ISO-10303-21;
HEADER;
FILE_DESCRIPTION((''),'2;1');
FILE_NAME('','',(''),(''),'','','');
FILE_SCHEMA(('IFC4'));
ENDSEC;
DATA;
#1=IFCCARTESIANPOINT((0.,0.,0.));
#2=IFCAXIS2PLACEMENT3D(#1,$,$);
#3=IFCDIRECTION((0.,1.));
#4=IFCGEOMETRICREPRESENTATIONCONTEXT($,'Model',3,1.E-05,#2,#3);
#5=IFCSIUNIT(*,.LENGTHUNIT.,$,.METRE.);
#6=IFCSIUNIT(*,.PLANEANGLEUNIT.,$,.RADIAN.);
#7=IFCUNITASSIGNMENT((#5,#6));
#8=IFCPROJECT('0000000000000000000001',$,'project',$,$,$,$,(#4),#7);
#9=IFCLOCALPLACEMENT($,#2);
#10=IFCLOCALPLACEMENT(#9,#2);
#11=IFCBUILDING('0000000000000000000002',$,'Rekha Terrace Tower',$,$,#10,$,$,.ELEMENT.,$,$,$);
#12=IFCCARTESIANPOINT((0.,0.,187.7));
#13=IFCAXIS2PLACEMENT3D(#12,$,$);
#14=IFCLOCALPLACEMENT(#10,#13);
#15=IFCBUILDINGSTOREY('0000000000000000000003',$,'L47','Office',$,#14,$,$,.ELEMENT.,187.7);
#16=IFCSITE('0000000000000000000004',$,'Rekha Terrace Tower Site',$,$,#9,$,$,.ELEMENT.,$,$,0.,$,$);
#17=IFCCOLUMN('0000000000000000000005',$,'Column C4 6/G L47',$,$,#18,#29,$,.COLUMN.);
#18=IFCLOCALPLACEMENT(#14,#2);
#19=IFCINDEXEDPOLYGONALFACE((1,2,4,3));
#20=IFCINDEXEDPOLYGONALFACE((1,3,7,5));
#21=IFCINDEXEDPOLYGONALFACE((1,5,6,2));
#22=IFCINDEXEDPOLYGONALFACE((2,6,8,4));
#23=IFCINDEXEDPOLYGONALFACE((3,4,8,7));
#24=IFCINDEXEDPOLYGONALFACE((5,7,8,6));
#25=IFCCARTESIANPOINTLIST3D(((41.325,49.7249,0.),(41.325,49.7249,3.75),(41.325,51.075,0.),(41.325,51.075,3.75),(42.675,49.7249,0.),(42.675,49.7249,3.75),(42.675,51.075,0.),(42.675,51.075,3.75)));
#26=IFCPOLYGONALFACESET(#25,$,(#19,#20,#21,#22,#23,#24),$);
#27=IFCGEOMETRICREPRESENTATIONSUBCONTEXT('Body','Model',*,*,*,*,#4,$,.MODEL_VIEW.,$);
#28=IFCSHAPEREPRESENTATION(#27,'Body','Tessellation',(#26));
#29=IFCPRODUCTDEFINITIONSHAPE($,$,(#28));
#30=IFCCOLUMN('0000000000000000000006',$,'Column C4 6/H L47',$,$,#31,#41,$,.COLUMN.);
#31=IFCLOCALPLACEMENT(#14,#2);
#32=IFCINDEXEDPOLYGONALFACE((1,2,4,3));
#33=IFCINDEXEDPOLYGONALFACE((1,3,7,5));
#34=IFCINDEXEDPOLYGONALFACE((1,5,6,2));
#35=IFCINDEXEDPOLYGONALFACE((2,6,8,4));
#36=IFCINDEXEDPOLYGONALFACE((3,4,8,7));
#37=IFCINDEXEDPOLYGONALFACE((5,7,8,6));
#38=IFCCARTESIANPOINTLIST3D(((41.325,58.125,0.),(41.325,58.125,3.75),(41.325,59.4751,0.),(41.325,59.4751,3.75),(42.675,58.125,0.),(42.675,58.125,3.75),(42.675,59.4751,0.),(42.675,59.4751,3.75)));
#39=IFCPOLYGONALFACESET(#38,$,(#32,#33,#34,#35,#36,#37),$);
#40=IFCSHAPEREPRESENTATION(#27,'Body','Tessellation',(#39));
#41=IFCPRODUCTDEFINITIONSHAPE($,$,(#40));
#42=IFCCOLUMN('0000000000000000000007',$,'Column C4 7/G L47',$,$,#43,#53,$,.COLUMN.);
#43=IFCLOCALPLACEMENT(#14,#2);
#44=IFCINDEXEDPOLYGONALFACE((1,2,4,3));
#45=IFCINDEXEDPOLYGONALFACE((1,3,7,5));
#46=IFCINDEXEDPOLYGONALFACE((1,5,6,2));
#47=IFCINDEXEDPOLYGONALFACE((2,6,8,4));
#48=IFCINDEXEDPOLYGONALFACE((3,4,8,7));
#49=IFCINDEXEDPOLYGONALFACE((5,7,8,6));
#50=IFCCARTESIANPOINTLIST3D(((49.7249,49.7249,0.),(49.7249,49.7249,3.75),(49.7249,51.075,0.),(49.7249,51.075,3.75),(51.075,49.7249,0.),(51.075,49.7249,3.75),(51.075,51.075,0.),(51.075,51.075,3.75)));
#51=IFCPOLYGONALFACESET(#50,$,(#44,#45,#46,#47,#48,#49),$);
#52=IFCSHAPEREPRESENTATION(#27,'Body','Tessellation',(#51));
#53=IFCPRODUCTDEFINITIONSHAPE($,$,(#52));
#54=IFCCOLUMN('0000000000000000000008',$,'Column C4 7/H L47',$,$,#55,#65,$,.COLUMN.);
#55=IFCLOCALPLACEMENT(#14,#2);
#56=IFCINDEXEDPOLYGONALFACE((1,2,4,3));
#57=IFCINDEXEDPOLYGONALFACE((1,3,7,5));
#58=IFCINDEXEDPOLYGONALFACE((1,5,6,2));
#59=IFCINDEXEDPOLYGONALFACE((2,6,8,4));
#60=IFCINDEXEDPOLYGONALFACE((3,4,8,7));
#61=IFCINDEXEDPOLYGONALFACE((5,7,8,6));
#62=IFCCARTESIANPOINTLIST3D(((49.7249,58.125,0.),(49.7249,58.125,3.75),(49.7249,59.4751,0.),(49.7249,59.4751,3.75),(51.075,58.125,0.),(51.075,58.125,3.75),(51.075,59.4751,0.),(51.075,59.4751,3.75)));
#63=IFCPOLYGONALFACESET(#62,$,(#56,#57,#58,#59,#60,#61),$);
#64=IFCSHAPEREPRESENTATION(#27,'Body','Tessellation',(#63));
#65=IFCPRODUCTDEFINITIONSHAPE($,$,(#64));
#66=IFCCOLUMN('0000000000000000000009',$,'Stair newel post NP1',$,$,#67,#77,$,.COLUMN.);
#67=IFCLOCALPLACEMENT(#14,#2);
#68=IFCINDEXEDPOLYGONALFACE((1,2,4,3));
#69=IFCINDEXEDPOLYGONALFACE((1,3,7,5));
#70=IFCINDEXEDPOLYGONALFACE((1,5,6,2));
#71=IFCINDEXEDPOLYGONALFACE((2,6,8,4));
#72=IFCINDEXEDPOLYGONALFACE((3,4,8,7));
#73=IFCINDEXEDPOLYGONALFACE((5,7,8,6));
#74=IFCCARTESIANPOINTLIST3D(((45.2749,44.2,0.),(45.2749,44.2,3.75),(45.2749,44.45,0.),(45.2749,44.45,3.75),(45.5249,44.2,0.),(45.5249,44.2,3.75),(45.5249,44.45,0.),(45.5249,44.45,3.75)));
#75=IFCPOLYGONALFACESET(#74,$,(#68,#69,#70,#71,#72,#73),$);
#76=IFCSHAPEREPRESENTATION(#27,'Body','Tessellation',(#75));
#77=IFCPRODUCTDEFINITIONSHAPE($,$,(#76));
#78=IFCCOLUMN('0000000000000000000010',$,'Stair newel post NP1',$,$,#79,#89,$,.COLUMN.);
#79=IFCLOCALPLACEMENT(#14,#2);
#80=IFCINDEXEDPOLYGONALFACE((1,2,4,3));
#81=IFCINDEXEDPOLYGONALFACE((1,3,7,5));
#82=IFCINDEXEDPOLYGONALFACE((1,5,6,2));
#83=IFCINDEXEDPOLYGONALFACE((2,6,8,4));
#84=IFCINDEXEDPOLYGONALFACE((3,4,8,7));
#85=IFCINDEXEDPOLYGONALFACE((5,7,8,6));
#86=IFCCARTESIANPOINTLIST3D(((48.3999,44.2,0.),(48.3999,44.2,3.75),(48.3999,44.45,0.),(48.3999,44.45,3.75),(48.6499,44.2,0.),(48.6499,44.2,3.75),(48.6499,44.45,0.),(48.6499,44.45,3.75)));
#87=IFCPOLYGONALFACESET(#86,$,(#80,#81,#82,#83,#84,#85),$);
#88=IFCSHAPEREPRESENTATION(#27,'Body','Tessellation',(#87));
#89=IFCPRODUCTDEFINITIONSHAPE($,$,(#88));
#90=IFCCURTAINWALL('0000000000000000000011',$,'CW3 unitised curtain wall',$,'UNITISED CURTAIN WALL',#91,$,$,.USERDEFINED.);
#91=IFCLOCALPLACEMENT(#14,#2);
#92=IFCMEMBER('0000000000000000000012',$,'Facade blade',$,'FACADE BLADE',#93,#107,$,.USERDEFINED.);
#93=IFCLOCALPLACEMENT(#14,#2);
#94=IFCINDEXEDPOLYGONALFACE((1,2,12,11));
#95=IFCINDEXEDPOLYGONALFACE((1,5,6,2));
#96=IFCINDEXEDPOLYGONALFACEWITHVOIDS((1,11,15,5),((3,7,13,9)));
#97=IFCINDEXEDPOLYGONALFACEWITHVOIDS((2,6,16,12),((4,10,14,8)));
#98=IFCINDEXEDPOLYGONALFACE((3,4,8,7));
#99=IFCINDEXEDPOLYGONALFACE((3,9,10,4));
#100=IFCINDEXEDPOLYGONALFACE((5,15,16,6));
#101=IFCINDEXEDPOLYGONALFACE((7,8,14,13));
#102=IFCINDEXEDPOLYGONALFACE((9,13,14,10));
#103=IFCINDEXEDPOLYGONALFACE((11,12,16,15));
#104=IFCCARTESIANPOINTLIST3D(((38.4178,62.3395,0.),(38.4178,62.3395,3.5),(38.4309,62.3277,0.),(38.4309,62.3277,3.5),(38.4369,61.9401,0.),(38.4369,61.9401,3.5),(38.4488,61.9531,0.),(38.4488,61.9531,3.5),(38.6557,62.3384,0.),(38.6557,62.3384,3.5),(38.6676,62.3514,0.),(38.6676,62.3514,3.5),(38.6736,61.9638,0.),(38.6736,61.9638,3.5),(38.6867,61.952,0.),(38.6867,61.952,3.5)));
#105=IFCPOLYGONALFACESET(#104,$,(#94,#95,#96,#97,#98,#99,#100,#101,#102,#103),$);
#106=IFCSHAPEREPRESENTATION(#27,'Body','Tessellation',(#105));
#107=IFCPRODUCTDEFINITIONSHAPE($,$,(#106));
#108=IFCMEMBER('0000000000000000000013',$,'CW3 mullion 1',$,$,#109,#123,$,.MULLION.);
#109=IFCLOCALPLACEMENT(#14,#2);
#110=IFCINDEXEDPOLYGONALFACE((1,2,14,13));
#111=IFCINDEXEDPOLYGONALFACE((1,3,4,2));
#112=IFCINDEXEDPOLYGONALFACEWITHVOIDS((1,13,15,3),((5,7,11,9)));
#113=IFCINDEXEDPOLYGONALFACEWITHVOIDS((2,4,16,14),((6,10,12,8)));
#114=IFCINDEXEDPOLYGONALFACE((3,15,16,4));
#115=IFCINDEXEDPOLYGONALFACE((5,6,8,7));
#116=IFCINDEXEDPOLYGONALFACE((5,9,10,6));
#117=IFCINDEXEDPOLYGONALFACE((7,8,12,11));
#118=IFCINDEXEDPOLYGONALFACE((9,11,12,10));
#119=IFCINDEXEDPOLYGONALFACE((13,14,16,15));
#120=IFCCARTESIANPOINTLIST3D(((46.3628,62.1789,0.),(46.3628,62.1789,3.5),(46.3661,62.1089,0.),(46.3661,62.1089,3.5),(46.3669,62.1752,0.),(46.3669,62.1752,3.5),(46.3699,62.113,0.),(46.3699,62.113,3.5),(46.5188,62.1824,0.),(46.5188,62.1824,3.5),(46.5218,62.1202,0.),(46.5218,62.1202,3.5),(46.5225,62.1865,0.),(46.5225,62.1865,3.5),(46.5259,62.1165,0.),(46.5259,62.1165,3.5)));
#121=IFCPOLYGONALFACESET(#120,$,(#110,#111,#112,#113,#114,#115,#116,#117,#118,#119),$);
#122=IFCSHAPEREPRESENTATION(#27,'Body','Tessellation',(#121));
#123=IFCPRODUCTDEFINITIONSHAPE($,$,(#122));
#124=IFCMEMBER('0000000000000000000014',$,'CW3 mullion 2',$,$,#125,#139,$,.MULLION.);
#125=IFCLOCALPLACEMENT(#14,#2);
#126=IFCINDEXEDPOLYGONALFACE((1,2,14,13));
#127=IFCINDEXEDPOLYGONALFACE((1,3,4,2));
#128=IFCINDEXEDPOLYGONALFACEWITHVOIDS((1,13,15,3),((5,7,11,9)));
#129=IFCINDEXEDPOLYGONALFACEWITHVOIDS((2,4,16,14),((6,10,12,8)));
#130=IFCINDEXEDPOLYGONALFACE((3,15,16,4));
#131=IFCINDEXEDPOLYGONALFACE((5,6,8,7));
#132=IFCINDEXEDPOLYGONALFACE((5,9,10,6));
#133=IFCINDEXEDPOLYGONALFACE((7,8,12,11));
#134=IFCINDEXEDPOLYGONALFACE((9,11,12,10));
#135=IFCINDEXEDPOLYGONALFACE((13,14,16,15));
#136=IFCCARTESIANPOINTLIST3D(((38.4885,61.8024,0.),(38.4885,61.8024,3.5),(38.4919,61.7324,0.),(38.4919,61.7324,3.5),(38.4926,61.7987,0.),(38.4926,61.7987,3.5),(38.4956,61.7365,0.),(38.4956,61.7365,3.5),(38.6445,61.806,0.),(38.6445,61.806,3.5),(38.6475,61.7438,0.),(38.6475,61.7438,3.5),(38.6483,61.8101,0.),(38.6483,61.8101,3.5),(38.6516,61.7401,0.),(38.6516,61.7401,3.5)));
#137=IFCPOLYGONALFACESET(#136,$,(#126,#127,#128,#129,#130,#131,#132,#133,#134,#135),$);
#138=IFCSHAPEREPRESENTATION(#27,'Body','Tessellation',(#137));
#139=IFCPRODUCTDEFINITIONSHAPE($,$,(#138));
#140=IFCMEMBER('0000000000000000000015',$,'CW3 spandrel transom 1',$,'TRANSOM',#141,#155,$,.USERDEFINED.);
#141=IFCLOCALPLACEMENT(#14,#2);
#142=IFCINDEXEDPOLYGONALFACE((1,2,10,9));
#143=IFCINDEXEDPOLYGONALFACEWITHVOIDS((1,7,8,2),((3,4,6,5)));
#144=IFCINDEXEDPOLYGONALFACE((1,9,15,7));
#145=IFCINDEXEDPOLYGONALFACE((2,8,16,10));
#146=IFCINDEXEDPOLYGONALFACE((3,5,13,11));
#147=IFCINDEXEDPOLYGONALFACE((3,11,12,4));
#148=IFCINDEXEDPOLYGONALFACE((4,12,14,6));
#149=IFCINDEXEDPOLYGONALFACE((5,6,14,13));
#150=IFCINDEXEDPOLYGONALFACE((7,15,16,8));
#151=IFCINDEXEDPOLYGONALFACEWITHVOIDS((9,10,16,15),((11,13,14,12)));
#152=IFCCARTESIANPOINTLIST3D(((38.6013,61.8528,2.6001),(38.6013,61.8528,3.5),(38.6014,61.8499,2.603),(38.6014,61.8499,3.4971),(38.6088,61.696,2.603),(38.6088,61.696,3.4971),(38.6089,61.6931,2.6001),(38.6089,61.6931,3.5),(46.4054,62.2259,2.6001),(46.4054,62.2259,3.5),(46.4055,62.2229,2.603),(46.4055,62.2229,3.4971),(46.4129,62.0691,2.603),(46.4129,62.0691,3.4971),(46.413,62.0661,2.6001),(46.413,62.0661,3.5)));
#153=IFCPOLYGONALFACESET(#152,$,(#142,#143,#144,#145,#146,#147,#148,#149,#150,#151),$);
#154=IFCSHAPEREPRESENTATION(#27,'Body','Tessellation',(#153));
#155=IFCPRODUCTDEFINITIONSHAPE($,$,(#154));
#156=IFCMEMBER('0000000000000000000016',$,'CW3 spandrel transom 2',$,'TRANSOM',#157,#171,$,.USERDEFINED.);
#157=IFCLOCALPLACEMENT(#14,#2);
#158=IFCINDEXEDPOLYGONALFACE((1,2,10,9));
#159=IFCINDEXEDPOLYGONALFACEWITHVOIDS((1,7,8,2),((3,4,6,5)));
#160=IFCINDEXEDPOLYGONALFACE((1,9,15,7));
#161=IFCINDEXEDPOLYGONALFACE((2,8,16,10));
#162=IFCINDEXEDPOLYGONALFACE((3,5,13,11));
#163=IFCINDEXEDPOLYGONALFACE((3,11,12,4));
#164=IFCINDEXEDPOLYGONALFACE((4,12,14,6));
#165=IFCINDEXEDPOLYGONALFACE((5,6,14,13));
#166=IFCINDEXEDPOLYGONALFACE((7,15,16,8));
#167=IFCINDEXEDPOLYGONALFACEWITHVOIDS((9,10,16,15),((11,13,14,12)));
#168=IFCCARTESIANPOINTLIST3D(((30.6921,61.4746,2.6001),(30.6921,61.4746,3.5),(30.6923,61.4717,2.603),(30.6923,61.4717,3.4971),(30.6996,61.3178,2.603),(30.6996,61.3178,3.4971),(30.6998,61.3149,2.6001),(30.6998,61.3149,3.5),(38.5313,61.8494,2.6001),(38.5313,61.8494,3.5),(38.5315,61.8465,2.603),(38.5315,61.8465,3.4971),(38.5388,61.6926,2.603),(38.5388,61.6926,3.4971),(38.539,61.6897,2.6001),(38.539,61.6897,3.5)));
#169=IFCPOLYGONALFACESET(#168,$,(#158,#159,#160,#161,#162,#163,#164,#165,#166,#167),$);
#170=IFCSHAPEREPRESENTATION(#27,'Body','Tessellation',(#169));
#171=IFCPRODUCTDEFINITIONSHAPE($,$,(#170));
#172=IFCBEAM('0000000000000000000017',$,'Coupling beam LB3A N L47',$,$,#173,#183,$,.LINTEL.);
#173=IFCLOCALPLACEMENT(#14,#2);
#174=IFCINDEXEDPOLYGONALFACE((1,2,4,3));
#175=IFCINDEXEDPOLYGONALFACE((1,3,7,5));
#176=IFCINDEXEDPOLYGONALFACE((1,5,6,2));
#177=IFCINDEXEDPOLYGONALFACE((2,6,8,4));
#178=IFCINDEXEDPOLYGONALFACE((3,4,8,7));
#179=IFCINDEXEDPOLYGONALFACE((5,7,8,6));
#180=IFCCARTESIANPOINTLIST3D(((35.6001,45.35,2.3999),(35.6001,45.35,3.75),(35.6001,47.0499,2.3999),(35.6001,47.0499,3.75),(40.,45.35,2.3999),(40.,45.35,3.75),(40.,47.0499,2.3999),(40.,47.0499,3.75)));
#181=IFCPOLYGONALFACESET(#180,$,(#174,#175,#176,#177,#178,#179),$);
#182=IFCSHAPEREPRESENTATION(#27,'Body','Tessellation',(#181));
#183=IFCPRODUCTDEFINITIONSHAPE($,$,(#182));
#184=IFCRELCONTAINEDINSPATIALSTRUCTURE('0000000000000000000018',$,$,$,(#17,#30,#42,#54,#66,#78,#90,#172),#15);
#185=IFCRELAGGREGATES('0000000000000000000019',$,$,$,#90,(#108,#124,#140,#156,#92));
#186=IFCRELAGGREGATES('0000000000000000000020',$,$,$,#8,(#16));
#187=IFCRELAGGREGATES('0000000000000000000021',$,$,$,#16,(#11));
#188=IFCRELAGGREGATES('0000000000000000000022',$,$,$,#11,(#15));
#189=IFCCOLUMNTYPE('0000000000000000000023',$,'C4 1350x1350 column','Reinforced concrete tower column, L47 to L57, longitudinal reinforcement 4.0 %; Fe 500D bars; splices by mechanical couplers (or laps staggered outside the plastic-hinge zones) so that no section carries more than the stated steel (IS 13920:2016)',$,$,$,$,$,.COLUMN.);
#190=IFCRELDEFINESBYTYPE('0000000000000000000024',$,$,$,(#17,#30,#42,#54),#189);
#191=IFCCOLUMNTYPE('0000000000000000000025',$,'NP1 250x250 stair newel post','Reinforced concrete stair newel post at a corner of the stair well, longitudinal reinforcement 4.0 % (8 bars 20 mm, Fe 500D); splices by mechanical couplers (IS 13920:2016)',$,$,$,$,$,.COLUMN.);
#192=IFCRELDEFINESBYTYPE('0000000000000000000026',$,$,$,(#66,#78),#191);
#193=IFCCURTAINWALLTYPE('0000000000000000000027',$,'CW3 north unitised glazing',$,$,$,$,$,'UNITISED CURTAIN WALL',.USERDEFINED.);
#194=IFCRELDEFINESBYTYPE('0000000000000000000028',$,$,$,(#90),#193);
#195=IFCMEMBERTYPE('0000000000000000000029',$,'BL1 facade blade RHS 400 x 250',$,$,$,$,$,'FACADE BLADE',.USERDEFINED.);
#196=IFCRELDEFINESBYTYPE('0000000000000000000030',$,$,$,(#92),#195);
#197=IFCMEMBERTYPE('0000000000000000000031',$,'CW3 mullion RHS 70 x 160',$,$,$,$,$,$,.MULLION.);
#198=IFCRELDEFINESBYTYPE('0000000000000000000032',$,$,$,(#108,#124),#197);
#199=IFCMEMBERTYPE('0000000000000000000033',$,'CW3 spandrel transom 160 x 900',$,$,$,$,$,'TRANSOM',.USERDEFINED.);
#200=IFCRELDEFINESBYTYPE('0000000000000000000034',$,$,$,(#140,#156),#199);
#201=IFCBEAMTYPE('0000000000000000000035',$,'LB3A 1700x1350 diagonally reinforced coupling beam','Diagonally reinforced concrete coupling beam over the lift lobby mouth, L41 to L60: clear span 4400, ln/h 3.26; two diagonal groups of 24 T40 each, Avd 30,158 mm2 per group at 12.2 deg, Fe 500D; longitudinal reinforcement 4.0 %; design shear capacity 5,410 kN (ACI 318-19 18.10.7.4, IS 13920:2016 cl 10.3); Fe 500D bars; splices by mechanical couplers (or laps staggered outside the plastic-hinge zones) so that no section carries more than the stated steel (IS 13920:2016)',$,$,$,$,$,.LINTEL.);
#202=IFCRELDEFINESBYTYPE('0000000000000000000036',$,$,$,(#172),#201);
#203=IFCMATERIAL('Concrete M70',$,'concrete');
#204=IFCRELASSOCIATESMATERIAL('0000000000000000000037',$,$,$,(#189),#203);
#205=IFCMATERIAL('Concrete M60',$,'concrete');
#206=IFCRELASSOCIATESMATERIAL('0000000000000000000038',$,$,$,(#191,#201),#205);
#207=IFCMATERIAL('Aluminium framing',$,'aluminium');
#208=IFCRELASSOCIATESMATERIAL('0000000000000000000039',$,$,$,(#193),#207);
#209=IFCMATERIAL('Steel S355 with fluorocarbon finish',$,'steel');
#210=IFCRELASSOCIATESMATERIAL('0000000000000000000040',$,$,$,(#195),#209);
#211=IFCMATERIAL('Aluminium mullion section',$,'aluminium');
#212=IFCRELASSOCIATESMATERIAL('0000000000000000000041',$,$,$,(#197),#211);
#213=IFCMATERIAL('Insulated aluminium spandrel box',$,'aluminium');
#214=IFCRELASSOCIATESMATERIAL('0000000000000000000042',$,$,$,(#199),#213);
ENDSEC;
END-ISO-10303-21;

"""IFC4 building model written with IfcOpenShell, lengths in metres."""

from ifc_helpers import new_model, si_unit, direction, frame, origin, origin_2d, place, context, subcontext, project, spatial, rectangle, hollow_rectangle, extrude, material, material_profile, profile_set, type_object, element, aggregate, save


model = new_model("IFC4")

# Units and contexts
model_context = context("Model", 3, precision=1e-05, world=origin(), true_north=direction((0.0, 1.0)))
body_context = subcontext(model_context, "Body", "Model", "MODEL_VIEW")
ifc_project = project(units=[si_unit("LENGTHUNIT", "METRE"), si_unit("PLANEANGLEUNIT", "RADIAN")], contexts=[model_context])

# Site, building, storey
site_placement = place(None, origin())
site = spatial("IfcSite", under=ifc_project, at=site_placement, Name="Rekha Terrace Tower Site", CompositionType="ELEMENT", RefElevation=0.0)
building_placement = place(site_placement, origin())
building = spatial("IfcBuilding", under=site, at=building_placement, Name="Rekha Terrace Tower", CompositionType="ELEMENT")
storey_placement = place(building_placement, frame((0.0, 0.0, 187.7)))
storey = spatial("IfcBuildingStorey", under=building, at=storey_placement, Name="L47", Description="Office", CompositionType="ELEMENT", Elevation=187.7)

# Columns
ifc_material_1 = material(Name="Concrete M70", Category="concrete")
ifc_material_profile_1 = material_profile(ifc_material_1, rectangle(XDim=1.3501, YDim=1.3501, at=origin_2d()), Name="RC 1350x1350")
ifc_profile_set_1 = profile_set([ifc_material_profile_1], Name="Concrete M70")
column_type_1 = type_object("IfcColumnType", Name="C4 1350x1350 column", Description="Reinforced concrete tower column, L47 to L57, longitudinal reinforcement 4.0 %; Fe 500D bars; splices by mechanical couplers (or laps staggered outside the plastic-hinge zones) so that no section carries more than the stated steel (IS 13920:2016)", PredefinedType="COLUMN", material=ifc_profile_set_1)
for number, where, z_axis, x_axis, name in (
    (1, (42.0, 50.3999, 0.0), (0.0, 0.0, 1.0), (1.0, 0.0, 0.0), "Column C4 6/G L47"),
    (2, (42.0, 58.8, 0.0), (0.0, 0.0, 1.0), (1.0, 0.0, 0.0), "Column C4 6/H L47"),
    (3, (50.3999, 50.3999, 0.0), (0.0, 0.0, 1.0), (1.0, 0.0, 0.0), "Column C4 7/G L47"),
    (4, (50.3999, 58.8, 0.0), (0.0, 0.0, 1.0), (1.0, 0.0, 0.0), "Column C4 7/H L47"),
):
    element("IfcColumn", number, at=place(storey_placement, frame(where, z_axis=z_axis, x_axis=x_axis)), inside=storey, type_object=column_type_1, Name=name, PredefinedType="COLUMN", context=body_context, shape_type="SweptSolid", body=[
        extrude(rectangle(XDim=1.3501, YDim=1.3501, at=origin_2d()), origin(), (0.0, 0.0, 1.0), 3.75),
    ])
ifc_material_2 = material(Name="Concrete M60", Category="concrete")
ifc_material_profile_2 = material_profile(ifc_material_2, rectangle(XDim=0.25, YDim=0.25, at=origin_2d()), Name="RC 250x250")
ifc_profile_set_2 = profile_set([ifc_material_profile_2], Name="Concrete M60")
column_type_2 = type_object("IfcColumnType", Name="NP1 250x250 stair newel post", Description="Reinforced concrete stair newel post at a corner of the stair well, longitudinal reinforcement 4.0 % (8 bars 20 mm, Fe 500D); splices by mechanical couplers (IS 13920:2016)", PredefinedType="COLUMN", material=ifc_profile_set_2)
for number, where, z_axis, x_axis, name in (
    (5, (45.3999, 44.325, 0.0), (0.0, 0.0, 1.0), (1.0, 0.0, 0.0), "Stair newel post NP1"),
    (6, (48.5249, 44.325, 0.0), (0.0, 0.0, 1.0), (1.0, 0.0, 0.0), "Stair newel post NP1"),
):
    element("IfcColumn", number, at=place(storey_placement, frame(where, z_axis=z_axis, x_axis=x_axis)), inside=storey, type_object=column_type_2, Name=name, PredefinedType="COLUMN", context=body_context, shape_type="SweptSolid", body=[
        extrude(rectangle(XDim=0.25, YDim=0.25, at=origin_2d()), origin(), (0.0, 0.0, 1.0), 3.75),
    ])

# Curtain wall, members
ifc_material_3 = material(Name="Aluminium framing", Category="aluminium")
curtain_wall_type = type_object("IfcCurtainWallType", Name="CW3 north unitised glazing", ElementType="UNITISED CURTAIN WALL", PredefinedType="USERDEFINED", material=ifc_material_3)
curtain_wall_1_placement = place(storey_placement, origin())
curtain_wall_1 = element("IfcCurtainWall", 7, at=curtain_wall_1_placement, inside=storey, type_object=curtain_wall_type, Name="CW3 unitised curtain wall", ObjectType="UNITISED CURTAIN WALL", PredefinedType="USERDEFINED")
ifc_material_4 = material(Name="Steel S355 with fluorocarbon finish", Category="steel")
ifc_material_profile_3 = material_profile(ifc_material_4, hollow_rectangle(XDim=0.25, YDim=0.3999, WallThickness=0.0125, at=origin_2d()), Name="RHS400x250x12.5")
ifc_profile_set_3 = profile_set([ifc_material_profile_3], Name="Steel S355 with fluorocarbon finish")
member_type_1 = type_object("IfcMemberType", Name="BL1 facade blade RHS 400 x 250", ElementType="FACADE BLADE", PredefinedType="USERDEFINED", material=ifc_profile_set_3)
member_1_placement = place(storey_placement, frame((38.5522, 62.1458, 0.0), z_axis=(0.0, 0.0, 1.0), x_axis=(-0.998859, -0.047758, 0.0)))
member_1 = element("IfcMember", 8, at=member_1_placement, type_object=member_type_1, Name="Facade blade", ObjectType="FACADE BLADE", PredefinedType="USERDEFINED", context=body_context, shape_type="SweptSolid", body=[
    extrude(hollow_rectangle(XDim=0.25, YDim=0.3999, WallThickness=0.0125, at=origin_2d()), origin(), (0.0, 0.0, 1.0), 3.5),
])
ifc_material_5 = material(Name="Aluminium mullion section", Category="aluminium")
ifc_material_profile_4 = material_profile(ifc_material_5, hollow_rectangle(XDim=0.0701, YDim=0.1599, WallThickness=0.0039, at=origin_2d()), Name="AL RHS 70x160")
ifc_profile_set_4 = profile_set([ifc_material_profile_4], Name="Aluminium mullion section")
member_type_2 = type_object("IfcMemberType", Name="CW3 mullion RHS 70 x 160", PredefinedType="MULLION", material=ifc_profile_set_4)
member_2_placement = place(storey_placement, frame((46.4443, 62.1477, 0.0), z_axis=(0.0, 0.0, 1.0), x_axis=(0.047759, -0.998859, 0.0)))
member_2 = element("IfcMember", 9, at=member_2_placement, type_object=member_type_2, Name="CW3 mullion 1", PredefinedType="MULLION", context=body_context, shape_type="SweptSolid", body=[
    extrude(hollow_rectangle(XDim=0.0701, YDim=0.1599, WallThickness=0.0039, at=origin_2d()), origin(), (0.0, 0.0, 1.0), 3.5),
])
member_3_placement = place(storey_placement, frame((38.5701, 61.7712, 0.0), z_axis=(0.0, 0.0, 1.0), x_axis=(0.047759, -0.998859, 0.0)))
member_3 = element("IfcMember", 10, at=member_3_placement, type_object=member_type_2, Name="CW3 mullion 2", PredefinedType="MULLION", context=body_context, shape_type="SweptSolid", body=[
    extrude(hollow_rectangle(XDim=0.0701, YDim=0.1599, WallThickness=0.0039, at=origin_2d()), origin(), (0.0, 0.0, 1.0), 3.5),
])
ifc_material_6 = material(Name="Insulated aluminium spandrel box", Category="aluminium")
ifc_material_profile_5 = material_profile(ifc_material_6, hollow_rectangle(XDim=0.1599, YDim=0.8999, WallThickness=0.0029, at=origin_2d()), Name="AL SPANDREL BOX 160x900")
ifc_profile_set_5 = profile_set([ifc_material_profile_5], Name="Insulated aluminium spandrel box")
member_type_3 = type_object("IfcMemberType", Name="CW3 spandrel transom 160 x 900", ElementType="TRANSOM", PredefinedType="USERDEFINED", material=ifc_profile_set_5)
member_4_placement = place(storey_placement, frame((46.4092, 62.146, 3.05), z_axis=(-0.998859, -0.047748, 0.0), x_axis=(0.047748, -0.998859, 0.0)))
member_4 = element("IfcMember", 11, at=member_4_placement, type_object=member_type_3, Name="CW3 spandrel transom 1", ObjectType="TRANSOM", PredefinedType="USERDEFINED", context=body_context, shape_type="SweptSolid", body=[
    extrude(hollow_rectangle(XDim=0.1599, YDim=0.8999, WallThickness=0.0029, at=origin_2d()), origin(), (0.0, 0.0, 1.0), 7.813),
])
member_5_placement = place(storey_placement, frame((38.5352, 61.7695, 3.05), z_axis=(-0.998859, -0.047751, 0.0), x_axis=(0.047751, -0.998859, 0.0)))
member_5 = element("IfcMember", 12, at=member_5_placement, type_object=member_type_3, Name="CW3 spandrel transom 2", ObjectType="TRANSOM", PredefinedType="USERDEFINED", context=body_context, shape_type="SweptSolid", body=[
    extrude(hollow_rectangle(XDim=0.1599, YDim=0.8999, WallThickness=0.0029, at=origin_2d()), origin(), (0.0, 0.0, 1.0), 7.8481),
])

# Beam
ifc_material_profile_6 = material_profile(ifc_material_2, rectangle(XDim=1.7, YDim=1.3501, at=origin_2d()), Name="RC 1700x1350")
ifc_profile_set_6 = profile_set([ifc_material_profile_6], Name="Concrete M60")
beam_type = type_object("IfcBeamType", Name="LB3A 1700x1350 diagonally reinforced coupling beam", Description="Diagonally reinforced concrete coupling beam over the lift lobby mouth, L41 to L60: clear span 4400, ln/h 3.26; two diagonal groups of 24 T40 each, Avd 30,158 mm2 per group at 12.2 deg, Fe 500D; longitudinal reinforcement 4.0 %; design shear capacity 5,410 kN (ACI 318-19 18.10.7.4, IS 13920:2016 cl 10.3); Fe 500D bars; splices by mechanical couplers (or laps staggered outside the plastic-hinge zones) so that no section carries more than the stated steel (IS 13920:2016)", PredefinedType="LINTEL", material=ifc_profile_set_6)
beam_placement = place(storey_placement, frame((35.6001, 46.2, 3.075), z_axis=(1.0, 0.0, 0.0), x_axis=(0.0, 1.0, 0.0)))
element("IfcBeam", 13, at=beam_placement, inside=storey, type_object=beam_type, Name="Coupling beam LB3A N L47", PredefinedType="LINTEL", context=body_context, shape_type="SweptSolid", body=[
    extrude(rectangle(XDim=1.7, YDim=1.3501, at=origin_2d()), origin(), (0.0, 0.0, 1.0), 4.3999),
])

aggregate(curtain_wall_1, [member_2, member_3, member_4, member_5, member_1])

save(model, "model.ifc")
